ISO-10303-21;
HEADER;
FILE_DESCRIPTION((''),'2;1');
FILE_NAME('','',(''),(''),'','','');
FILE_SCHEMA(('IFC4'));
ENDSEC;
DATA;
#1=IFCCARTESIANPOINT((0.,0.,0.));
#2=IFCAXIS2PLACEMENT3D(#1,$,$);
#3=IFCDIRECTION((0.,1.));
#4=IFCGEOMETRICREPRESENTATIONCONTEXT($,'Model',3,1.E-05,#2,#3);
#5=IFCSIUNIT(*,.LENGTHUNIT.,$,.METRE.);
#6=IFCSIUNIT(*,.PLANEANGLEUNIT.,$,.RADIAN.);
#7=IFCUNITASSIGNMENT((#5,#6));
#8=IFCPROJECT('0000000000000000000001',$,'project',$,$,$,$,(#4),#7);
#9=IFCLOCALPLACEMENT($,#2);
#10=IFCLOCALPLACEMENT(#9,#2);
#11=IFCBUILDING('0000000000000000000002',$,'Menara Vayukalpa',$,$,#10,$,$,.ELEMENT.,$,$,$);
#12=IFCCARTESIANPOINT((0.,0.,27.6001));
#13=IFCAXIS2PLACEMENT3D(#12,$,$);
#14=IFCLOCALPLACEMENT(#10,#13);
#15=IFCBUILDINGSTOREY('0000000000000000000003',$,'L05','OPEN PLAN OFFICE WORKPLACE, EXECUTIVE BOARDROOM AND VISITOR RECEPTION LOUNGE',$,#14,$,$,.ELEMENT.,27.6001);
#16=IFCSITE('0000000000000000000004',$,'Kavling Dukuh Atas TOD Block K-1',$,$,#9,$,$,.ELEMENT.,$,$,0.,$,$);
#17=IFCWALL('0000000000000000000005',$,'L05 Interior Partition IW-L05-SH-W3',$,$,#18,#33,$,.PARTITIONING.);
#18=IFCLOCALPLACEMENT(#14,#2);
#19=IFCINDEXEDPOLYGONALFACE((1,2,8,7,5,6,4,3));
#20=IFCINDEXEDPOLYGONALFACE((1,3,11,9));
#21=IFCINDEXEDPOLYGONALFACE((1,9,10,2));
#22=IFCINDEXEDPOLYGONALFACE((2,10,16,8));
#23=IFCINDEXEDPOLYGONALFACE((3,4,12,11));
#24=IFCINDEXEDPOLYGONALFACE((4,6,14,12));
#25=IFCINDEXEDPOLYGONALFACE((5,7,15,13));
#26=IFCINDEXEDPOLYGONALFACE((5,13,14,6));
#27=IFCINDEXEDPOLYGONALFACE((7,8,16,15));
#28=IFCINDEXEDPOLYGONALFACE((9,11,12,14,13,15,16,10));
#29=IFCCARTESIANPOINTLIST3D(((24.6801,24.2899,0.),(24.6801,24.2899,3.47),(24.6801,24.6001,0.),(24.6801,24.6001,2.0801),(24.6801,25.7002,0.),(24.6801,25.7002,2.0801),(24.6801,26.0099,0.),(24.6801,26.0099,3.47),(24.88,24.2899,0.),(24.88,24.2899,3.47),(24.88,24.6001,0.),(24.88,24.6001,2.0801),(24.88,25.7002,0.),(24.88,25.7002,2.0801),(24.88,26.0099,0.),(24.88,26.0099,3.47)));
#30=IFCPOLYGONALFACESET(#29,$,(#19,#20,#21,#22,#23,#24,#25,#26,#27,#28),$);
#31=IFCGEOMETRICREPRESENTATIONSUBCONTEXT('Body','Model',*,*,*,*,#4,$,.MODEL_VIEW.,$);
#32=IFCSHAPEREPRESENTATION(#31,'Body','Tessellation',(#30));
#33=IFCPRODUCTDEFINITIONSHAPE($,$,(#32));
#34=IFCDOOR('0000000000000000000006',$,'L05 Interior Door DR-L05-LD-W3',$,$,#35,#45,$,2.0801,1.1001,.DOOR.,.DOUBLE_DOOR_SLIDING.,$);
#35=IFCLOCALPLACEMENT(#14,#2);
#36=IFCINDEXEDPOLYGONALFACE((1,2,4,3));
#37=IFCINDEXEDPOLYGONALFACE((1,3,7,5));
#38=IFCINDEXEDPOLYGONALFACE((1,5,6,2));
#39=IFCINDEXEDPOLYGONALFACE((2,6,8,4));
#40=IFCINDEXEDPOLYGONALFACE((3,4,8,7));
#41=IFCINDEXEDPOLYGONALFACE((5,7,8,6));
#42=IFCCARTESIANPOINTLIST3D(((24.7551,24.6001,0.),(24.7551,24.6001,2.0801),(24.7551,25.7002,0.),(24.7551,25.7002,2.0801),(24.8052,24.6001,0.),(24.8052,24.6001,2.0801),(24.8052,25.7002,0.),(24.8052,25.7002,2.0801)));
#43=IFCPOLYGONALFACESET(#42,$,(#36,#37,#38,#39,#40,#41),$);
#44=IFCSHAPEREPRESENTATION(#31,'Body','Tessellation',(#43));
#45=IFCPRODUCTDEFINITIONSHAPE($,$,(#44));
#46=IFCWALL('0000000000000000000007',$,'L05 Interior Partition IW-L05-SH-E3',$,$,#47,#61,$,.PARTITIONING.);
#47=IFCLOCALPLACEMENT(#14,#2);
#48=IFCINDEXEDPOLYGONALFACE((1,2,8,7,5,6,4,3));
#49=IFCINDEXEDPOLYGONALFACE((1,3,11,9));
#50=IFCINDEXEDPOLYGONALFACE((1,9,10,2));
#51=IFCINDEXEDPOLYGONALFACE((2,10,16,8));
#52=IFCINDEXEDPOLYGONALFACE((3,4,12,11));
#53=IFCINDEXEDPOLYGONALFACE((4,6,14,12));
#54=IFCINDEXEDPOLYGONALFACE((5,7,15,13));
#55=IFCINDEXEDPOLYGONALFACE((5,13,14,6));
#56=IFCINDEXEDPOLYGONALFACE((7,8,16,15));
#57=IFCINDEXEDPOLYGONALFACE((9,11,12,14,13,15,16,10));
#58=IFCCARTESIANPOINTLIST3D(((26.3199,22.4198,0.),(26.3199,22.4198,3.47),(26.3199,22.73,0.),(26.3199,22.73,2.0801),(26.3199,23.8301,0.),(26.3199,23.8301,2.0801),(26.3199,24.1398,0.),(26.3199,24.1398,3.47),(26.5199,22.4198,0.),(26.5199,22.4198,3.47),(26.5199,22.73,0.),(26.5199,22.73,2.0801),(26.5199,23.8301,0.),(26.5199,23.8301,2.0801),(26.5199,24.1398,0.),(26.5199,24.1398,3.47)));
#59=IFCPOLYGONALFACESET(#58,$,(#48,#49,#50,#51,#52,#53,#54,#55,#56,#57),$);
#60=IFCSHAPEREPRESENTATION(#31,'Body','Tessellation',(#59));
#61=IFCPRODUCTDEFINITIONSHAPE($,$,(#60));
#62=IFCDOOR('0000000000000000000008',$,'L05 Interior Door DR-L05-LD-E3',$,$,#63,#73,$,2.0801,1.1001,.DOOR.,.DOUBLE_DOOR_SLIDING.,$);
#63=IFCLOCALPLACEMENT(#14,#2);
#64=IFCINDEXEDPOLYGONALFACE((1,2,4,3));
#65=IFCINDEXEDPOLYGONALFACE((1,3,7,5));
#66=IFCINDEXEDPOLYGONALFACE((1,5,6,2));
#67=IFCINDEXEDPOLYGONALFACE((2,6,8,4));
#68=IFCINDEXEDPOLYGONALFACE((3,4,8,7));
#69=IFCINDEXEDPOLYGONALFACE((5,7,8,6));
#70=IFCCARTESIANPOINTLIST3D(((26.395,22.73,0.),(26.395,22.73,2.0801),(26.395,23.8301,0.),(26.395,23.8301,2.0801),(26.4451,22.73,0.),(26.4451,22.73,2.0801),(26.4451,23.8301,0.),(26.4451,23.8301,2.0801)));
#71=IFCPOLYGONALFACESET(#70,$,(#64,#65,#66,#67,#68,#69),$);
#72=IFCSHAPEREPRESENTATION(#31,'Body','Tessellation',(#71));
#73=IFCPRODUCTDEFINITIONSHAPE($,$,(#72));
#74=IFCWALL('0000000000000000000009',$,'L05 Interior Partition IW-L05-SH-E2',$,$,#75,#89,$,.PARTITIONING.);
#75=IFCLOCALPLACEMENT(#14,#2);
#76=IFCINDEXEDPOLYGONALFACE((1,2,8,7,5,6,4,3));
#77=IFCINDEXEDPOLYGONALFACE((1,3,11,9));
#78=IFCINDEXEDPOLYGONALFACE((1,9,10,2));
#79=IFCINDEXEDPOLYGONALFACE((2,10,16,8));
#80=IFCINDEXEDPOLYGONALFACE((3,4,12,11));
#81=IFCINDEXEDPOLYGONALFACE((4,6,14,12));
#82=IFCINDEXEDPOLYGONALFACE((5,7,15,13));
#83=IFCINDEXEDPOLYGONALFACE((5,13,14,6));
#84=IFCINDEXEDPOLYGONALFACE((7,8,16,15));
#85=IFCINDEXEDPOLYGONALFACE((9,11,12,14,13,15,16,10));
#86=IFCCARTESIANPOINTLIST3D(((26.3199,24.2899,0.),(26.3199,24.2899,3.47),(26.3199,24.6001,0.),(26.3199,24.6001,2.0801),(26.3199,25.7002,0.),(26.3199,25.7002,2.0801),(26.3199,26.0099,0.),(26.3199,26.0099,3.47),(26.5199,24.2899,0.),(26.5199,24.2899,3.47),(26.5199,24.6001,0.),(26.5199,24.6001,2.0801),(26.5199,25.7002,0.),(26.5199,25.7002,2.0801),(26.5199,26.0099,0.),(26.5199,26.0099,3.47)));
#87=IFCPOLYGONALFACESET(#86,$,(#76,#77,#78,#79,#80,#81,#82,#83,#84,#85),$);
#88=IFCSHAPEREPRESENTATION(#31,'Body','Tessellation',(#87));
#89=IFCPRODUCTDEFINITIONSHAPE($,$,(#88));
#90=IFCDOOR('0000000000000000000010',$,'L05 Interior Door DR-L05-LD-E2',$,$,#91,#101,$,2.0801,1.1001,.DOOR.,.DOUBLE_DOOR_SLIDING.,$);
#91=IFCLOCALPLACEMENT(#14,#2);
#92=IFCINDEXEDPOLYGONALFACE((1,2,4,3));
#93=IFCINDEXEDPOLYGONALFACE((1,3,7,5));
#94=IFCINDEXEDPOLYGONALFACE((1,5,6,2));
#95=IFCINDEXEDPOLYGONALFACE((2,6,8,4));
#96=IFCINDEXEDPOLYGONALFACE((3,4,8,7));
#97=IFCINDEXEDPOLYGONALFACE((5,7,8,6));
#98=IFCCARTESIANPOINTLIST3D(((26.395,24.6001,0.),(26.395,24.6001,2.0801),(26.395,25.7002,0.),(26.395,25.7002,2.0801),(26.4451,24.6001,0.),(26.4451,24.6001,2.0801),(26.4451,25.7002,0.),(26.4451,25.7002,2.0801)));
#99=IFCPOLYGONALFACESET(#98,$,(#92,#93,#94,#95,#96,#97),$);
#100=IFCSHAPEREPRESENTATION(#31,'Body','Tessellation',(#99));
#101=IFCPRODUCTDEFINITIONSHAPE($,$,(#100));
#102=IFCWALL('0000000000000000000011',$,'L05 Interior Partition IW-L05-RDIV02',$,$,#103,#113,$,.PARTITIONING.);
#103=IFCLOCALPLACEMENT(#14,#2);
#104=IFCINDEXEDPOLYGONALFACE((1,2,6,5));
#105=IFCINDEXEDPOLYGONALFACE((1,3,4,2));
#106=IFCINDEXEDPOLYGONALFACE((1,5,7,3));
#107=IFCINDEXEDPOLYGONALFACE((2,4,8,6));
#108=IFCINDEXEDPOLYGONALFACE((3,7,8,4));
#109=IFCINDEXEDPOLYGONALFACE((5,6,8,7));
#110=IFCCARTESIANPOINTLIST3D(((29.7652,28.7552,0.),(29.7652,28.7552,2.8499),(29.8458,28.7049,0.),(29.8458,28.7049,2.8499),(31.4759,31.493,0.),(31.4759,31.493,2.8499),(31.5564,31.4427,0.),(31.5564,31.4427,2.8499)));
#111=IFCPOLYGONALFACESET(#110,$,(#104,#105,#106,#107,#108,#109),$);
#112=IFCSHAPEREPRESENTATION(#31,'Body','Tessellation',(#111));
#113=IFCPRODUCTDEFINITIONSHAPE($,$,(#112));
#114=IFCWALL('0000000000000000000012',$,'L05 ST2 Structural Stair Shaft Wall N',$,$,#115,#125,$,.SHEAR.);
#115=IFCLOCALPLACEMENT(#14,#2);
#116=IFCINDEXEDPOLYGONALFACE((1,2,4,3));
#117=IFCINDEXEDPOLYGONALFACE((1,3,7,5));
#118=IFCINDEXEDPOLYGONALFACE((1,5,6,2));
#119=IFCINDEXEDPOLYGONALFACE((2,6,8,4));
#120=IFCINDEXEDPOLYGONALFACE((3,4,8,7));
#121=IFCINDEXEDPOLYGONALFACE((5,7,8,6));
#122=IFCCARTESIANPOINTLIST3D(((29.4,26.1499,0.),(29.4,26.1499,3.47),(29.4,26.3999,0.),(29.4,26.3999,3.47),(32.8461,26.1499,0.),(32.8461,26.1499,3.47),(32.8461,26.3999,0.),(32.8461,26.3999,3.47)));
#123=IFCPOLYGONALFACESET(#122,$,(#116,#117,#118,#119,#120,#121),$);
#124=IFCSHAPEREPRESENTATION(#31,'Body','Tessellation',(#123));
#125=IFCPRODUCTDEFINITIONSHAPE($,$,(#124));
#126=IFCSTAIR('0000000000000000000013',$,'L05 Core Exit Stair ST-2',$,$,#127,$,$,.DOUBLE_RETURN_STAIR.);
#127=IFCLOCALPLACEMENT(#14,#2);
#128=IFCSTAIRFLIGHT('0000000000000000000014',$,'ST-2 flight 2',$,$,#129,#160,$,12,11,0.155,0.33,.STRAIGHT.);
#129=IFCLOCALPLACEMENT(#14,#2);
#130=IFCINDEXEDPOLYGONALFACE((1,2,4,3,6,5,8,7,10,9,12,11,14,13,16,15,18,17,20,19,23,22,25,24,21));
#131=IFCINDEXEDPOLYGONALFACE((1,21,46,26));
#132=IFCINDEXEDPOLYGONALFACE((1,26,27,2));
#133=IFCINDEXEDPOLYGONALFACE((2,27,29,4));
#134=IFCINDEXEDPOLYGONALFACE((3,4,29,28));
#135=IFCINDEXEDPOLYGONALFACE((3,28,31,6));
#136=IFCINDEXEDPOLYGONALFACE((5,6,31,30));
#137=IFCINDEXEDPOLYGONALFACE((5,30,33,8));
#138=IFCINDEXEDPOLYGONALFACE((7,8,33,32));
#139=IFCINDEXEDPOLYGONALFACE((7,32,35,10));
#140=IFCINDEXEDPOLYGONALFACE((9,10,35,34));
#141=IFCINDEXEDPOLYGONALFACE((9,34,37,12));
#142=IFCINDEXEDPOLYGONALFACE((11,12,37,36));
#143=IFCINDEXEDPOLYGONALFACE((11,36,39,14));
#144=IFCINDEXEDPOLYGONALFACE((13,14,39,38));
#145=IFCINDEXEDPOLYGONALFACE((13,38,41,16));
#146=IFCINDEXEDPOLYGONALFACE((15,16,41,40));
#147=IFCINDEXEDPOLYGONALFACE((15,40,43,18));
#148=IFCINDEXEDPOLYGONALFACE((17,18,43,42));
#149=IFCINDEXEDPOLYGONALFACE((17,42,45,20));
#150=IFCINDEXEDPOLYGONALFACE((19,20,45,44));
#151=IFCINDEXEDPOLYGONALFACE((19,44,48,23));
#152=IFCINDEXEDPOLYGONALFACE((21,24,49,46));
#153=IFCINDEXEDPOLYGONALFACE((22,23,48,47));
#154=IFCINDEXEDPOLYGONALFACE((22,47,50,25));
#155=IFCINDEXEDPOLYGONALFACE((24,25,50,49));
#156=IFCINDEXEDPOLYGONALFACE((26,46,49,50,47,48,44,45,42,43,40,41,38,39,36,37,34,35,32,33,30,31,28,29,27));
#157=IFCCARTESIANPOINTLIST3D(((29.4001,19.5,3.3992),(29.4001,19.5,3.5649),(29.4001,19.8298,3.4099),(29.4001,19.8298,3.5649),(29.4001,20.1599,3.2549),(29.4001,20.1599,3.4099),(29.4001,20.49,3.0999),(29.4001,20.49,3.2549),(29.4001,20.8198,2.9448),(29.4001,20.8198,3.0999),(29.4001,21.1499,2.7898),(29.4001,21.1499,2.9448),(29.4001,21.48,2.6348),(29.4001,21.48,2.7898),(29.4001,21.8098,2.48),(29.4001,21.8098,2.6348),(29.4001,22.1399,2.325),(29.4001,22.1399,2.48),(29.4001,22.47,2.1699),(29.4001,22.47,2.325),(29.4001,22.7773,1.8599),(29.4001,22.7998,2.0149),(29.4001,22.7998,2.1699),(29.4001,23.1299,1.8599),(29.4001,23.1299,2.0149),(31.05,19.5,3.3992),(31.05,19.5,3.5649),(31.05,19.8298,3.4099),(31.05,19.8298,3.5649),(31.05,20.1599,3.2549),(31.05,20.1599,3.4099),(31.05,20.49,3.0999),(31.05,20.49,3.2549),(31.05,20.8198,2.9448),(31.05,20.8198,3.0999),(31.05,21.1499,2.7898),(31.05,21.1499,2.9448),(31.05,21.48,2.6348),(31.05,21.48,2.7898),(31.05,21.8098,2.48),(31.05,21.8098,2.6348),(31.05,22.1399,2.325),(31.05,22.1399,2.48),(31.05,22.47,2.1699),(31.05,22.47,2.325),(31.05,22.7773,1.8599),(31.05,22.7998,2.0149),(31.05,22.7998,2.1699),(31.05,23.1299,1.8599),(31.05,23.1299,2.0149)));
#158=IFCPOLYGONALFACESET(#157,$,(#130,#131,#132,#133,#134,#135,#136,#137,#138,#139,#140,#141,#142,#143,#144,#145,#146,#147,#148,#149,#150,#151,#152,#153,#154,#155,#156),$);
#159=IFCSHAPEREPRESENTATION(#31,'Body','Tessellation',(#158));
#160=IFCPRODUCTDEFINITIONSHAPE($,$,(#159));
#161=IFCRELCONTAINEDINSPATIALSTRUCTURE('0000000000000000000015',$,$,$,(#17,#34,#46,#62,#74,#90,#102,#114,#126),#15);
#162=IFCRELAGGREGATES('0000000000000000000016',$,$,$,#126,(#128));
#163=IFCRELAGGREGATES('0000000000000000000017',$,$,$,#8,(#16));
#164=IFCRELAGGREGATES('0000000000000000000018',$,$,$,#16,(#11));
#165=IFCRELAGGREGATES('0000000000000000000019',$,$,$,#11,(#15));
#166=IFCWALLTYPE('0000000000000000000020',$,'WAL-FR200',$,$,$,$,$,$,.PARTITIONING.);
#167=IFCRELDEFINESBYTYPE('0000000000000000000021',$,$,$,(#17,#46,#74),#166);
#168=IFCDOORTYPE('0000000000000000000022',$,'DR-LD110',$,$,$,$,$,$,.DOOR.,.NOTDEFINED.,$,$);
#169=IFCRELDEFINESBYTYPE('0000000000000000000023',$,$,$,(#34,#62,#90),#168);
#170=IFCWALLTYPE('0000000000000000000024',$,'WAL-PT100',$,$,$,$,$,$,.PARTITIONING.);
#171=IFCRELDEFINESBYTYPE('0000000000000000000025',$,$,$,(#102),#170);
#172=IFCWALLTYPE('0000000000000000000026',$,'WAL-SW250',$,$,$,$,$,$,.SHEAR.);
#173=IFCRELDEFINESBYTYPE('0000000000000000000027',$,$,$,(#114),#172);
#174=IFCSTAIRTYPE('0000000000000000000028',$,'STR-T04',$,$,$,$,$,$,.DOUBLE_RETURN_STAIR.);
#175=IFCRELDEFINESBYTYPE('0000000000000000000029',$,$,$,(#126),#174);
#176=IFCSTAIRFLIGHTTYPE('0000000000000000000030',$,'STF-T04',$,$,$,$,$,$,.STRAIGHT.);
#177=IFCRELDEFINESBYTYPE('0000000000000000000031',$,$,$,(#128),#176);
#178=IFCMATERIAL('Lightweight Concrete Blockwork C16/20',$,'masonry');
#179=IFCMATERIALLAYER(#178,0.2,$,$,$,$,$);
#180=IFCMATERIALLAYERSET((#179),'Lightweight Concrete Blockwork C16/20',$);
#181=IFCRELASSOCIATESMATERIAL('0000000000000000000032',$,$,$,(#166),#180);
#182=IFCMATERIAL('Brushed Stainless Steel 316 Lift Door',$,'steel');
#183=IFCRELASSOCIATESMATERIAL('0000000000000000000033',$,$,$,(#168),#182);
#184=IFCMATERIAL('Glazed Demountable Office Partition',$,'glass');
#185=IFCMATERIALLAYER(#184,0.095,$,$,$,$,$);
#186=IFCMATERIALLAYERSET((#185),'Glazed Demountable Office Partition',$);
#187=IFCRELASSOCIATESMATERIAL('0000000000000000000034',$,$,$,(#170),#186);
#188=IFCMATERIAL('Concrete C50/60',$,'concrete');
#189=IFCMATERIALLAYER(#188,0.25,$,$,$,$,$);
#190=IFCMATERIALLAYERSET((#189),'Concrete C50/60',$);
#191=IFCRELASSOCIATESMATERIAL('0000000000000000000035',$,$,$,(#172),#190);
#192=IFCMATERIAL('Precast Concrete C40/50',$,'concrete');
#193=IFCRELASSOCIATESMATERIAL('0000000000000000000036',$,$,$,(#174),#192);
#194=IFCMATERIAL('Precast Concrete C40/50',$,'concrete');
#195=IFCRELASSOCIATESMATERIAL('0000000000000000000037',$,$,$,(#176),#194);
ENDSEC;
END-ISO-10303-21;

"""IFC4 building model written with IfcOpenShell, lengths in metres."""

from ifc_helpers import new_model, si_unit, direction, frame, frame_2d, origin, place, context, subcontext, project, spatial, polyline, rectangle, outline, extrude, material, layer, layer_set, type_object, element, fill, aggregate, save


model = new_model("IFC4")

# Units and contexts
model_context = context("Model", 3, precision=1e-05, world=origin(), true_north=direction((0.0, 1.0)))
body_context = subcontext(model_context, "Body", "Model", "MODEL_VIEW")
ifc_project = project(units=[si_unit("LENGTHUNIT", "METRE"), si_unit("PLANEANGLEUNIT", "RADIAN")], contexts=[model_context])

# Site, building, storey
site_placement = place(None, origin())
site = spatial("IfcSite", under=ifc_project, at=site_placement, Name="Kavling Dukuh Atas TOD Block K-1", CompositionType="ELEMENT", RefElevation=0.0)
building_placement = place(site_placement, origin())
building = spatial("IfcBuilding", under=site, at=building_placement, Name="Menara Vayukalpa", CompositionType="ELEMENT")
storey_placement = place(building_placement, frame((0.0, 0.0, 27.6001)))
storey = spatial("IfcBuildingStorey", under=building, at=storey_placement, Name="L05", Description="OPEN PLAN OFFICE WORKPLACE, EXECUTIVE BOARDROOM AND VISITOR RECEPTION LOUNGE", CompositionType="ELEMENT", Elevation=27.6001)

# Walls, openings, doors
ifc_material_1 = material(Name="Lightweight Concrete Blockwork C16/20", Category="masonry")
ifc_layer_1 = layer(ifc_material_1, 0.2)
ifc_layer_set_1 = layer_set([ifc_layer_1], Name="Lightweight Concrete Blockwork C16/20")
wall_type_1 = type_object("IfcWallType", Name="WAL-FR200", PredefinedType="PARTITIONING", material=ifc_layer_set_1)
ifc_material_2 = material(Name="Brushed Stainless Steel 316 Lift Door", Category="steel")
door_type = type_object("IfcDoorType", Name="DR-LD110", OperationType="NOTDEFINED", PredefinedType="DOOR", material=ifc_material_2)
wall_1_placement = place(storey_placement, frame((24.78, 24.29, 0.0), z_axis=(0.0, 0.0, 1.0), x_axis=(0.0, 1.0, 0.0)))
wall_1 = element("IfcWall", 1, at=wall_1_placement, inside=storey, type_object=wall_type_1, Name="L05 Interior Partition IW-L05-SH-W3", PredefinedType="PARTITIONING", context=body_context, shape_type="SweptSolid", body=[
    extrude(rectangle(XDim=1.72, YDim=0.2, at=frame_2d((0.8599, 0.0))), origin(), (0.0, 0.0, 1.0), 3.47),
])
opening_1_placement = place(wall_1_placement, frame((0.3101, 0.0, 0.0)))
opening_1 = element("IfcOpeningElement", 2, at=opening_1_placement, cuts=wall_1, PredefinedType="OPENING", context=body_context, shape_type="SweptSolid", body=[
    extrude(rectangle(XDim=1.1001, YDim=2.0801, at=frame_2d((0.55, 1.04))), frame((0.0, 0.1099, 0.0), z_axis=(0.0, -1.0, 0.0), x_axis=(1.0, 0.0, 0.0)), (0.0, 0.0, 1.0), 0.22),
])
door_1_placement = place(opening_1_placement, origin())
door_1 = element("IfcDoor", 3, at=door_1_placement, inside=storey, type_object=door_type, Name="L05 Interior Door DR-L05-LD-W3", OperationType="DOUBLE_DOOR_SLIDING", OverallHeight=2.0801, OverallWidth=1.1001, PredefinedType="DOOR", context=body_context, shape_type="SweptSolid", body=[
    extrude(rectangle(XDim=1.1001, YDim=2.0801, at=frame_2d((0.55, 1.04))), frame((0.0, 0.0249, 0.0), z_axis=(0.0, -1.0, 0.0), x_axis=(1.0, 0.0, 0.0)), (0.0, 0.0, 1.0), 0.05),
])
fill(opening_1, door_1)
wall_2_placement = place(storey_placement, frame((26.4199, 22.4199, 0.0), z_axis=(0.0, 0.0, 1.0), x_axis=(0.0, 1.0, 0.0)))
wall_2 = element("IfcWall", 4, at=wall_2_placement, inside=storey, type_object=wall_type_1, Name="L05 Interior Partition IW-L05-SH-E3", PredefinedType="PARTITIONING", context=body_context, shape_type="SweptSolid", body=[
    extrude(rectangle(XDim=1.72, YDim=0.2, at=frame_2d((0.8599, 0.0))), origin(), (0.0, 0.0, 1.0), 3.47),
])
opening_2_placement = place(wall_2_placement, frame((0.3101, 0.0, 0.0)))
opening_2 = element("IfcOpeningElement", 5, at=opening_2_placement, cuts=wall_2, PredefinedType="OPENING", context=body_context, shape_type="SweptSolid", body=[
    extrude(rectangle(XDim=1.1001, YDim=2.0801, at=frame_2d((0.55, 1.04))), frame((0.0, 0.1099, 0.0), z_axis=(0.0, -1.0, 0.0), x_axis=(1.0, 0.0, 0.0)), (0.0, 0.0, 1.0), 0.22),
])
door_2_placement = place(opening_2_placement, origin())
door_2 = element("IfcDoor", 6, at=door_2_placement, inside=storey, type_object=door_type, Name="L05 Interior Door DR-L05-LD-E3", OperationType="DOUBLE_DOOR_SLIDING", OverallHeight=2.0801, OverallWidth=1.1001, PredefinedType="DOOR", context=body_context, shape_type="SweptSolid", body=[
    extrude(rectangle(XDim=1.1001, YDim=2.0801, at=frame_2d((0.55, 1.04))), frame((0.0, 0.0249, 0.0), z_axis=(0.0, -1.0, 0.0), x_axis=(1.0, 0.0, 0.0)), (0.0, 0.0, 1.0), 0.05),
])
fill(opening_2, door_2)
wall_3_placement = place(storey_placement, frame((26.4199, 24.29, 0.0), z_axis=(0.0, 0.0, 1.0), x_axis=(0.0, 1.0, 0.0)))
wall_3 = element("IfcWall", 7, at=wall_3_placement, inside=storey, type_object=wall_type_1, Name="L05 Interior Partition IW-L05-SH-E2", PredefinedType="PARTITIONING", context=body_context, shape_type="SweptSolid", body=[
    extrude(rectangle(XDim=1.72, YDim=0.2, at=frame_2d((0.8599, 0.0))), origin(), (0.0, 0.0, 1.0), 3.47),
])
opening_3_placement = place(wall_3_placement, frame((0.3101, 0.0, 0.0)))
opening_3 = element("IfcOpeningElement", 8, at=opening_3_placement, cuts=wall_3, PredefinedType="OPENING", context=body_context, shape_type="SweptSolid", body=[
    extrude(rectangle(XDim=1.1001, YDim=2.0801, at=frame_2d((0.55, 1.04))), frame((0.0, 0.1099, 0.0), z_axis=(0.0, -1.0, 0.0), x_axis=(1.0, 0.0, 0.0)), (0.0, 0.0, 1.0), 0.22),
])
door_3_placement = place(opening_3_placement, origin())
door_3 = element("IfcDoor", 9, at=door_3_placement, inside=storey, type_object=door_type, Name="L05 Interior Door DR-L05-LD-E2", OperationType="DOUBLE_DOOR_SLIDING", OverallHeight=2.0801, OverallWidth=1.1001, PredefinedType="DOOR", context=body_context, shape_type="SweptSolid", body=[
    extrude(rectangle(XDim=1.1001, YDim=2.0801, at=frame_2d((0.55, 1.04))), frame((0.0, 0.0249, 0.0), z_axis=(0.0, -1.0, 0.0), x_axis=(1.0, 0.0, 0.0)), (0.0, 0.0, 1.0), 0.05),
])
fill(opening_3, door_3)

# Walls
ifc_material_3 = material(Name="Glazed Demountable Office Partition", Category="glass")
ifc_layer_2 = layer(ifc_material_3, 0.095)
ifc_layer_set_2 = layer_set([ifc_layer_2], Name="Glazed Demountable Office Partition")
wall_type_2 = type_object("IfcWallType", Name="WAL-PT100", PredefinedType="PARTITIONING", material=ifc_layer_set_2)
wall_4_placement = place(storey_placement, frame((29.8054, 28.73, 0.0), z_axis=(0.0, 0.0, 1.0), x_axis=(0.529904, 0.848058, 0.0)))
element("IfcWall", 10, at=wall_4_placement, inside=storey, type_object=wall_type_2, Name="L05 Interior Partition IW-L05-RDIV02", PredefinedType="PARTITIONING", context=body_context, shape_type="SweptSolid", body=[
    extrude(rectangle(XDim=3.2283, YDim=0.095, at=frame_2d((1.6143, 0.0))), origin(), (0.0, 0.0, 1.0), 2.8499),
])
ifc_material_4 = material(Name="Concrete C50/60", Category="concrete")
ifc_layer_3 = layer(ifc_material_4, 0.25)
ifc_layer_set_3 = layer_set([ifc_layer_3], Name="Concrete C50/60")
wall_type_3 = type_object("IfcWallType", Name="WAL-SW250", PredefinedType="SHEAR", material=ifc_layer_set_3)
wall_5_placement = place(storey_placement, frame((29.3999, 26.2749, 0.0), z_axis=(0.0, 0.0, 1.0), x_axis=(1.0, 0.0, 0.0)))
element("IfcWall", 11, at=wall_5_placement, inside=storey, type_object=wall_type_3, Name="L05 ST2 Structural Stair Shaft Wall N", PredefinedType="SHEAR", context=body_context, shape_type="SweptSolid", body=[
    extrude(rectangle(XDim=3.446, YDim=0.25, at=frame_2d((1.7231, 0.0))), origin(), (0.0, 0.0, 1.0), 3.47),
])

# Stair, stair flight
ifc_material_5 = material(Name="Precast Concrete C40/50", Category="concrete")
stair_type = type_object("IfcStairType", Name="STR-T04", PredefinedType="DOUBLE_RETURN_STAIR", material=ifc_material_5)
stair_placement = place(storey_placement, origin())
stair = element("IfcStair", 12, at=stair_placement, inside=storey, type_object=stair_type, Name="L05 Core Exit Stair ST-2", PredefinedType="DOUBLE_RETURN_STAIR")
ifc_material_6 = material(Name="Precast Concrete C40/50", Category="concrete")
stair_flight_type = type_object("IfcStairFlightType", Name="STF-T04", PredefinedType="STRAIGHT", material=ifc_material_6)
stair_flight_placement = place(storey_placement, frame((30.2251, 23.1299, 1.8599), z_axis=(0.0, 0.0, 1.0), x_axis=(0.0, -1.0, 0.0)))
stair_flight = element("IfcStairFlight", 13, at=stair_flight_placement, type_object=stair_flight_type, Name="ST-2 flight 2", NumberOfRisers=12, NumberOfTreads=11, PredefinedType="STRAIGHT", RiserHeight=0.155, TreadLength=0.33, context=body_context, shape_type="SweptSolid", body=[
    extrude(outline(polyline([(0.0, 0.0), (0.0, 0.155), (0.3301, 0.155), (0.3301, 0.3101), (0.6599, 0.3101), (0.6599, 0.4651), (0.99, 0.4651), (0.99, 0.6201), (1.3201, 0.6201), (1.3201, 0.7749), (1.6499, 0.7749), (1.6499, 0.9299), (1.98, 0.9299), (1.98, 1.085), (2.3101, 1.085), (2.3101, 1.24), (2.6399, 1.24), (2.6399, 1.395), (2.97, 1.395), (2.97, 1.55), (3.3, 1.55), (3.3, 1.7051), (3.6299, 1.7051), (3.6299, 1.8601), (3.6299, 1.5393), (0.3525, 0.0), (0.0, 0.0)])), frame((0.0, 0.825, 0.0), z_axis=(0.0, -1.0, 0.0), x_axis=(1.0, 0.0, 0.0)), (0.0, 0.0, 1.0), 1.6499),
])
aggregate(stair, [stair_flight])

save(model, "model.ifc")
